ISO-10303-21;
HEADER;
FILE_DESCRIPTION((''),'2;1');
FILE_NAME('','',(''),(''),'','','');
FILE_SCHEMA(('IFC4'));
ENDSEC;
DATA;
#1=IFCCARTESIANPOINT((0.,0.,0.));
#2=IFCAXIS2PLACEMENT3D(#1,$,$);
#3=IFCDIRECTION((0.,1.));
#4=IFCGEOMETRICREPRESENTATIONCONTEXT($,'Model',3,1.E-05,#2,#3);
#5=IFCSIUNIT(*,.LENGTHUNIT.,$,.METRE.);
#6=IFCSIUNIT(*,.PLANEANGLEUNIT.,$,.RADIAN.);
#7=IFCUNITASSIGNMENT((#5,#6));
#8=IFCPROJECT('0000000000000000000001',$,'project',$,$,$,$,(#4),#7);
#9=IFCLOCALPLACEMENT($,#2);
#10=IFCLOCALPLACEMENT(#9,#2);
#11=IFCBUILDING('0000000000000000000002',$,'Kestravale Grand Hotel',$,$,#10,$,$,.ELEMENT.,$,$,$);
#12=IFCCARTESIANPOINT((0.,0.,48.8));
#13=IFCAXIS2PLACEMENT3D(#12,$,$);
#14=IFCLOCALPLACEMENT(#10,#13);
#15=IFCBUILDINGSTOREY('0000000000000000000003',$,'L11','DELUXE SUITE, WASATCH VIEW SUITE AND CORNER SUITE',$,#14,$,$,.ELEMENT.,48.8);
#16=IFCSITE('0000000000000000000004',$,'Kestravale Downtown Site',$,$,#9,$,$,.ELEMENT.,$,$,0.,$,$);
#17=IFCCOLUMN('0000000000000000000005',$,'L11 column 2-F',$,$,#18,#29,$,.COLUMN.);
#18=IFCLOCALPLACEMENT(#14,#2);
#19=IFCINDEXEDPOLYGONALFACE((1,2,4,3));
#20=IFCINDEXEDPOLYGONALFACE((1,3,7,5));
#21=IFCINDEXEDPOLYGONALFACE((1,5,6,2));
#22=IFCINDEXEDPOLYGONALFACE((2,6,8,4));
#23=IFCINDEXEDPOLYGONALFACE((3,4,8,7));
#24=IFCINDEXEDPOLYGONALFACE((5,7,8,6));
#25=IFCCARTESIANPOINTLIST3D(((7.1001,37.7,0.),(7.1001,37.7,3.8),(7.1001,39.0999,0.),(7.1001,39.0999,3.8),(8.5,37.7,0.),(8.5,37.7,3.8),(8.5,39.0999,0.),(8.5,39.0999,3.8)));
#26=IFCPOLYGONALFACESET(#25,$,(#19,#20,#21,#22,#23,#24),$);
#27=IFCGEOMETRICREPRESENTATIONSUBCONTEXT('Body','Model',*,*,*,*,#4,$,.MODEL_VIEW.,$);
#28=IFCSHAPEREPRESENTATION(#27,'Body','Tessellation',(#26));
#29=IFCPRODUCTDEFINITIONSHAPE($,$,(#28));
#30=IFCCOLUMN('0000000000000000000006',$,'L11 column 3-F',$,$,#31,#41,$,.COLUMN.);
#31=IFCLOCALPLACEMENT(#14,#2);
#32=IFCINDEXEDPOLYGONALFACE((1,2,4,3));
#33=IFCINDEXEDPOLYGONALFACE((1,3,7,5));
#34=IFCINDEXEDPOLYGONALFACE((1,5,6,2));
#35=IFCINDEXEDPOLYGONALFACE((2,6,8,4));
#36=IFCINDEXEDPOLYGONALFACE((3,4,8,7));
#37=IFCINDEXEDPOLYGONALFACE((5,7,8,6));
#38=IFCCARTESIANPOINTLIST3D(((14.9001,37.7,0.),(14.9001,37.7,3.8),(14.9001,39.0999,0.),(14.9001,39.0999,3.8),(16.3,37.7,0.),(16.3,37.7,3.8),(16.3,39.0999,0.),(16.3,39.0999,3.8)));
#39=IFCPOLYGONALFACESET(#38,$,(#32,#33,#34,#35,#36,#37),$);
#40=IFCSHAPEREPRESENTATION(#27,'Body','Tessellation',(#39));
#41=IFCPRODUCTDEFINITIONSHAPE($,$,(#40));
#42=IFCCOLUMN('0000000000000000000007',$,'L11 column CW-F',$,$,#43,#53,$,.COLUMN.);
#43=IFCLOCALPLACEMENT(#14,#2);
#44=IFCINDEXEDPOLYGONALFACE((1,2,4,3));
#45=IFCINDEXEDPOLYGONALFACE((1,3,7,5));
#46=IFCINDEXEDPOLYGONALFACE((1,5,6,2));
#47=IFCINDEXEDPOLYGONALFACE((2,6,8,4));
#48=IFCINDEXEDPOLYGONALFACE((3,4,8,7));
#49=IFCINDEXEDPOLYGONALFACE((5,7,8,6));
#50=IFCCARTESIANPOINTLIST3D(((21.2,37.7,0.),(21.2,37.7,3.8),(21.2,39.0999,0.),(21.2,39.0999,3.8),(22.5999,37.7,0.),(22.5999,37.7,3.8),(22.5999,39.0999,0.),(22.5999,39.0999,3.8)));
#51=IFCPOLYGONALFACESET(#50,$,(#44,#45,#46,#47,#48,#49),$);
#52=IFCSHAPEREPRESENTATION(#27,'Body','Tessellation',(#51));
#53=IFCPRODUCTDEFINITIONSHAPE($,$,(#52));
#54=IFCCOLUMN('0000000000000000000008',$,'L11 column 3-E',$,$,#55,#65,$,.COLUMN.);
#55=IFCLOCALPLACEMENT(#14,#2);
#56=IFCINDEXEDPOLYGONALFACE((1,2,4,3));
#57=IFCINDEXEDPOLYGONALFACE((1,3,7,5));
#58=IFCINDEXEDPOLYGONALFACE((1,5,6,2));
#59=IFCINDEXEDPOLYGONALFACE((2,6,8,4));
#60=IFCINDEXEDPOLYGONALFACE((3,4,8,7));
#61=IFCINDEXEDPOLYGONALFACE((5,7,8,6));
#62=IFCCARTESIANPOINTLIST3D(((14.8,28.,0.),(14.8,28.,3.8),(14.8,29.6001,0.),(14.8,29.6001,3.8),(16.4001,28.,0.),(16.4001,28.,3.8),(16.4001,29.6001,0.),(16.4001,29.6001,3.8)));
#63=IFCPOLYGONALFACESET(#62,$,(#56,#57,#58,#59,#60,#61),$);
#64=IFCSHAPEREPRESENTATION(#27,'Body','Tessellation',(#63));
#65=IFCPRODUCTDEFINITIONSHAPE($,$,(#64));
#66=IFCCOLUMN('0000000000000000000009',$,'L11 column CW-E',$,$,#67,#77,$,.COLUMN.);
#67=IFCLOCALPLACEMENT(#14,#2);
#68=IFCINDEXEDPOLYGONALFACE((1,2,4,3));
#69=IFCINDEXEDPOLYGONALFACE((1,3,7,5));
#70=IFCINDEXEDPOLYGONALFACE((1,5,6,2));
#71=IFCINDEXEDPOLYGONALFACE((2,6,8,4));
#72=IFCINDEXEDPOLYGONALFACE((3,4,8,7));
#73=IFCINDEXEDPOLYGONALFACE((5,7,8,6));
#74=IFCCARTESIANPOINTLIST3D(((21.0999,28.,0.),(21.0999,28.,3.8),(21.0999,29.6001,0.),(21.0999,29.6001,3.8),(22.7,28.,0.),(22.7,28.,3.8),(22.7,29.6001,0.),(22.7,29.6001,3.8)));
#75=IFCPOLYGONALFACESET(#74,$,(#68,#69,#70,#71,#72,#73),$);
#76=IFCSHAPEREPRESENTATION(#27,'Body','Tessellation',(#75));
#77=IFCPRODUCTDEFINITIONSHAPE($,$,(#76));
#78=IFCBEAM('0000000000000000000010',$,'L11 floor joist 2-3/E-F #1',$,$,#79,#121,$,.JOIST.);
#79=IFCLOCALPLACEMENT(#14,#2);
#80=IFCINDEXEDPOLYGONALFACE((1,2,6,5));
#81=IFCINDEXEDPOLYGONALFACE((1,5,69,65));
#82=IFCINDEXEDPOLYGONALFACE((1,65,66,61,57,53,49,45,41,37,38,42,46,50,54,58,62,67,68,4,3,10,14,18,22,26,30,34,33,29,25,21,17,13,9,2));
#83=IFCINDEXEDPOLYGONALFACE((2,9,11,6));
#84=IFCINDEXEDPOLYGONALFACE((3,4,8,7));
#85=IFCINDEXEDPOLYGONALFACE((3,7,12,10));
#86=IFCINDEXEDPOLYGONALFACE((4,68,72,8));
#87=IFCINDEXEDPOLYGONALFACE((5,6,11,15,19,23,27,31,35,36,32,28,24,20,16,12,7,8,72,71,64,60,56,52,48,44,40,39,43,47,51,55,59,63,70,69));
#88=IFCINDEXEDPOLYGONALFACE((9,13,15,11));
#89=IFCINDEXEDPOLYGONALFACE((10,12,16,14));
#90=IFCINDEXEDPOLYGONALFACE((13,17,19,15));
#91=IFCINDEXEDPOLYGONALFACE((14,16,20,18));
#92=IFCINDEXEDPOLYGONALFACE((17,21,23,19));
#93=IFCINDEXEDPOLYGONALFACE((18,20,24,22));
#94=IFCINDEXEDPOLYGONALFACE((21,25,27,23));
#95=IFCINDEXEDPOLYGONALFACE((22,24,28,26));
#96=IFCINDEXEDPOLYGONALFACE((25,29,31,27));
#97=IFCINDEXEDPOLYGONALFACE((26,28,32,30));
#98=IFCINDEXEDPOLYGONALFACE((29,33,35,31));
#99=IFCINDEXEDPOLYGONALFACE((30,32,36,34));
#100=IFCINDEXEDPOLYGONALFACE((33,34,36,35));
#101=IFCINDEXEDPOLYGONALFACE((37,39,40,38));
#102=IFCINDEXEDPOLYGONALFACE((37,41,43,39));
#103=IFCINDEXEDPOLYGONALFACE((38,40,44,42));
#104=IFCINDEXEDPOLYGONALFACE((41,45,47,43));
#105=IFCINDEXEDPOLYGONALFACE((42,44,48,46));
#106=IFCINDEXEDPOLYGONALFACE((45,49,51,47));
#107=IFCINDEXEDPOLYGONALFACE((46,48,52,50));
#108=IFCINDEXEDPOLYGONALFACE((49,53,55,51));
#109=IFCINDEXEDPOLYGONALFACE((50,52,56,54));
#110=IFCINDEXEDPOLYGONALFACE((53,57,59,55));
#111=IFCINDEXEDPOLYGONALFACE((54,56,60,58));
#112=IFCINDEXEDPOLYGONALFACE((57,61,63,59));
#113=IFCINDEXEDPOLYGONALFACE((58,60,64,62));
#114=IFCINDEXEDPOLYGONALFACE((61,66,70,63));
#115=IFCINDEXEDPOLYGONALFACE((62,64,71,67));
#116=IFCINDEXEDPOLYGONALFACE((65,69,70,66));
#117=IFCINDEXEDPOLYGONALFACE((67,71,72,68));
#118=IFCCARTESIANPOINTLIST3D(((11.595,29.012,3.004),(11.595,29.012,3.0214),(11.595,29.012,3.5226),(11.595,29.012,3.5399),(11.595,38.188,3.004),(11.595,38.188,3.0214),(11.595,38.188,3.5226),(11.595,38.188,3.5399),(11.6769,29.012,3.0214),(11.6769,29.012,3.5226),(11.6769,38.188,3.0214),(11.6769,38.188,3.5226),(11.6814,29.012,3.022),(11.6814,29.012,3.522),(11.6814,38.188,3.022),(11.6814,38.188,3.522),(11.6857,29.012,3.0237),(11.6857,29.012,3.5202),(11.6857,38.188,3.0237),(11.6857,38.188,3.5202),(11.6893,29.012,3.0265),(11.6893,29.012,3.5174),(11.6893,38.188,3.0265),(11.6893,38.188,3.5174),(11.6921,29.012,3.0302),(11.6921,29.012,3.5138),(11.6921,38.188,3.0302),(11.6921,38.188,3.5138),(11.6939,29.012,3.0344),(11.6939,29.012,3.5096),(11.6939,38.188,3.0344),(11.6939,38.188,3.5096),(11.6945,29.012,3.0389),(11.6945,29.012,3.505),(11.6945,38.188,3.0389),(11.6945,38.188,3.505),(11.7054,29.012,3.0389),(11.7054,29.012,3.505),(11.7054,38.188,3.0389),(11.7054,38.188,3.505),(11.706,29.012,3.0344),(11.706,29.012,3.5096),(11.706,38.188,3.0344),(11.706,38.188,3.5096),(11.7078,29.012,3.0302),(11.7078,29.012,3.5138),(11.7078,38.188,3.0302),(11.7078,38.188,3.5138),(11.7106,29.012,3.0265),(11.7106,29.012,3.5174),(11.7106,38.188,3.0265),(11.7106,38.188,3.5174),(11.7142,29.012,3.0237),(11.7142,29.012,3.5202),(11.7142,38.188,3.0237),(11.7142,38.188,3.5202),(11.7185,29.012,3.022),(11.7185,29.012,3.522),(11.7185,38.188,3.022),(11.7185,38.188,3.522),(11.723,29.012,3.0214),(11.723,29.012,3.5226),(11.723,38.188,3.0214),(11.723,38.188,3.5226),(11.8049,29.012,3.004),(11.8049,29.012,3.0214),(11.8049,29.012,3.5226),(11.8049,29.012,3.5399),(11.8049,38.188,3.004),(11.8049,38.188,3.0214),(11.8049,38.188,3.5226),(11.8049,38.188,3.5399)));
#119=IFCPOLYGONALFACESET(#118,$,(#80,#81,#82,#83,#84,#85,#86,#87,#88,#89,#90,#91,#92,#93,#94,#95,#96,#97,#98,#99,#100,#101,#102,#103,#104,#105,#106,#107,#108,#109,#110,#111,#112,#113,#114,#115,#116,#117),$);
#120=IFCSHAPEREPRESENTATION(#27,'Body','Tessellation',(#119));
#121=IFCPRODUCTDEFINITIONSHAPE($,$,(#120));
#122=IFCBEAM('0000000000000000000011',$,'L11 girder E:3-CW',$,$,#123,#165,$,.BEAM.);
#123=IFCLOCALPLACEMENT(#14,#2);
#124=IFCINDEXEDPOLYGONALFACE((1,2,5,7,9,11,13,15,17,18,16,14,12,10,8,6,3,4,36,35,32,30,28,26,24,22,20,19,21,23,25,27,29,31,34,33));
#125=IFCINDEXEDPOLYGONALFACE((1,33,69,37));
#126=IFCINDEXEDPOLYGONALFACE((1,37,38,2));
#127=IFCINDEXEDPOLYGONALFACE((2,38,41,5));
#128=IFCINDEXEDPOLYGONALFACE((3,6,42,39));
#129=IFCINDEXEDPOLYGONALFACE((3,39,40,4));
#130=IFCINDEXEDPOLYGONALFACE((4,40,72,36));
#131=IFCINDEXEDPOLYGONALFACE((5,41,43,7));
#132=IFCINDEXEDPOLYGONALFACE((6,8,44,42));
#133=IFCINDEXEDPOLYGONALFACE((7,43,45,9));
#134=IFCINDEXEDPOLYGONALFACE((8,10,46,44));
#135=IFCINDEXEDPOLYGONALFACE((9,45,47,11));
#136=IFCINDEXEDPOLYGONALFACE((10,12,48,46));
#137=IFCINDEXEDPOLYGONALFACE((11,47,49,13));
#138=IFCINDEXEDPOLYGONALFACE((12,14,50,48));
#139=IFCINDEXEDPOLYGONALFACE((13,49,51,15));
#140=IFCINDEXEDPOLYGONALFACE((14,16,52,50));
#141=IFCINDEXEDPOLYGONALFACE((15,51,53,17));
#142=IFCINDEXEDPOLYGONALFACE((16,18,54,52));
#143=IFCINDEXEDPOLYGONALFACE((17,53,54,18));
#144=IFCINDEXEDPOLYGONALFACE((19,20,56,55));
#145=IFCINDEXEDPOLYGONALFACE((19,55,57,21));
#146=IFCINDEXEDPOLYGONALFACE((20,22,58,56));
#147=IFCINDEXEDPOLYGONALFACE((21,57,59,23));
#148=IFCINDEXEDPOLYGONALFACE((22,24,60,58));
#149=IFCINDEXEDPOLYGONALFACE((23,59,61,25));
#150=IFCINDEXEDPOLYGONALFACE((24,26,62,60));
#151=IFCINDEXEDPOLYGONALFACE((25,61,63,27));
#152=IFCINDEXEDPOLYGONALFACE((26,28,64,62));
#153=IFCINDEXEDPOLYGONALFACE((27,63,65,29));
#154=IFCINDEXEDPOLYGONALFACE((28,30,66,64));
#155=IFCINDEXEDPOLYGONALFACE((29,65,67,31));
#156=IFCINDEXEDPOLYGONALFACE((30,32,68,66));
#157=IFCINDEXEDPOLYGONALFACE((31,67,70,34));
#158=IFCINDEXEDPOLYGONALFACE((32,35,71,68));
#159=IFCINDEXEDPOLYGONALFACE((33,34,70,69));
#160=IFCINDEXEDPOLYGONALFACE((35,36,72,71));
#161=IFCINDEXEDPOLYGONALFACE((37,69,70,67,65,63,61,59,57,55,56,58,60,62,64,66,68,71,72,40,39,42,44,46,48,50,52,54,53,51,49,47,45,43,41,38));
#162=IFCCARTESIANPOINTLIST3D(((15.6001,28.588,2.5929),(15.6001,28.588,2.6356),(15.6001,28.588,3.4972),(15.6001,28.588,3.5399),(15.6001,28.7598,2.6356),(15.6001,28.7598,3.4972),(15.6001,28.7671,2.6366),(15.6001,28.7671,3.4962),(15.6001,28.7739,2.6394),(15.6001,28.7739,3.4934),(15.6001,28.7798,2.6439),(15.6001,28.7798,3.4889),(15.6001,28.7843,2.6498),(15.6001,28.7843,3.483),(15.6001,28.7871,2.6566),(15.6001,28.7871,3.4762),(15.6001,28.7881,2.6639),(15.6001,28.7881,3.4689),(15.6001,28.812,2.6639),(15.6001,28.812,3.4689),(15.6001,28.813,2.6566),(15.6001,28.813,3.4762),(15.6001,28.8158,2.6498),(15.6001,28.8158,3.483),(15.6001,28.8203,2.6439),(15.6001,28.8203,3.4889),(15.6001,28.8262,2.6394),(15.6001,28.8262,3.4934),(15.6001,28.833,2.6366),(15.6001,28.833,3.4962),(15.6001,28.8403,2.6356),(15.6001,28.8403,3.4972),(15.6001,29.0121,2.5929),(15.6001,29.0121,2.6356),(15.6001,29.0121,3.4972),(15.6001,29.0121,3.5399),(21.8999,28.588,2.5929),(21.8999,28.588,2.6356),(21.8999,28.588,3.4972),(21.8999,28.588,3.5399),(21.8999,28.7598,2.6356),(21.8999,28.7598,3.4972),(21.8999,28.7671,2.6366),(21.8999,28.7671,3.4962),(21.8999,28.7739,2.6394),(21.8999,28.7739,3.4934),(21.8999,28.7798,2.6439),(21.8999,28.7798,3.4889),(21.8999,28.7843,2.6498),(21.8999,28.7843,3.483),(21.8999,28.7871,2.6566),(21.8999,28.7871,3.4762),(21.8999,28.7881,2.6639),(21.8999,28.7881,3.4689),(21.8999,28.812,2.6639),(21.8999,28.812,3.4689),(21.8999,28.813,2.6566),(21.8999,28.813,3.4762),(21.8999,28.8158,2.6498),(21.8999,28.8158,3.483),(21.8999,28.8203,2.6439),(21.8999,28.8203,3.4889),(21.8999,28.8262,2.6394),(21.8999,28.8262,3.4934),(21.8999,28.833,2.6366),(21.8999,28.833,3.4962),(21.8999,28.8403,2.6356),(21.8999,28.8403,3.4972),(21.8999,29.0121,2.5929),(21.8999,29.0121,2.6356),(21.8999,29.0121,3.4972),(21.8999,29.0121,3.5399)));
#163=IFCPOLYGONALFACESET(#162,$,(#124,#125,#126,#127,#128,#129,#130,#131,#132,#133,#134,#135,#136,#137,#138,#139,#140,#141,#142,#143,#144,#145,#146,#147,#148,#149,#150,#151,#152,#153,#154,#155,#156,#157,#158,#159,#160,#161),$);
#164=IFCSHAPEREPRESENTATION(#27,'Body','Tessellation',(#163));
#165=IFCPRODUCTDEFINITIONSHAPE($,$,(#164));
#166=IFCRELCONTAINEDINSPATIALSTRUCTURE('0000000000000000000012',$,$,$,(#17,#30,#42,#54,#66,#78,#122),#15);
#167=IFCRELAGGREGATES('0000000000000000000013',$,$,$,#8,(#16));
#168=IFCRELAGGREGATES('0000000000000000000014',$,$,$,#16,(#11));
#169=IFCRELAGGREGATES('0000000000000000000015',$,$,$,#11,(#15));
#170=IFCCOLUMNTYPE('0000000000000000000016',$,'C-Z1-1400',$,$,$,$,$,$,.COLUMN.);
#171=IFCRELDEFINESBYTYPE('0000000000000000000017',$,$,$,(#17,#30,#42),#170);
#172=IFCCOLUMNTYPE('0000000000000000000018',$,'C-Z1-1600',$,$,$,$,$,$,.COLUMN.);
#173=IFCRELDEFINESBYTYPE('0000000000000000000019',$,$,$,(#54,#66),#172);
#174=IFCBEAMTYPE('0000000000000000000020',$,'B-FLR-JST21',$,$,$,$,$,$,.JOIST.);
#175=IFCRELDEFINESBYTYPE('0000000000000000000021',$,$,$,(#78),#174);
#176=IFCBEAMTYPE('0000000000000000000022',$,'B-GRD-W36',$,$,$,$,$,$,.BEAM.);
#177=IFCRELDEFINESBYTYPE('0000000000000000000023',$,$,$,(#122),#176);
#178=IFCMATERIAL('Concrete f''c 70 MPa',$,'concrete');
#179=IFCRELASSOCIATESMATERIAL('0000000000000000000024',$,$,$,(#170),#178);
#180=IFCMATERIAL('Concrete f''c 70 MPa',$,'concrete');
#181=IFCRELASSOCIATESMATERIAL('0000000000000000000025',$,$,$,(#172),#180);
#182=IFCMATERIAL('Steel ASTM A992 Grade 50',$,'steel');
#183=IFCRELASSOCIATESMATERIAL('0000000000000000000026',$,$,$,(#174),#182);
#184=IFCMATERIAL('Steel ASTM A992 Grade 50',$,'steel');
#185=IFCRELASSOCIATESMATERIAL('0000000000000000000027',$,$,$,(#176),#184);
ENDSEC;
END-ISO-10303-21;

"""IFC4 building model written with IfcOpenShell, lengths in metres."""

from ifc_helpers import new_model, si_unit, direction, frame, origin, origin_2d, place, context, subcontext, project, spatial, rectangle, i_section, extrude, material, material_profile, profile_set, type_object, element, save


model = new_model("IFC4")

# Units and contexts
model_context = context("Model", 3, precision=1e-05, world=origin(), true_north=direction((0.0, 1.0)))
body_context = subcontext(model_context, "Body", "Model", "MODEL_VIEW")
ifc_project = project(units=[si_unit("LENGTHUNIT", "METRE"), si_unit("PLANEANGLEUNIT", "RADIAN")], contexts=[model_context])

# Site, building, storey
site_placement = place(None, origin())
site = spatial("IfcSite", under=ifc_project, at=site_placement, Name="Kestravale Downtown Site", CompositionType="ELEMENT", RefElevation=0.0)
building_placement = place(site_placement, origin())
building = spatial("IfcBuilding", under=site, at=building_placement, Name="Kestravale Grand Hotel", CompositionType="ELEMENT")
storey_placement = place(building_placement, frame((0.0, 0.0, 48.8)))
storey = spatial("IfcBuildingStorey", under=building, at=storey_placement, Name="L11", Description="DELUXE SUITE, WASATCH VIEW SUITE AND CORNER SUITE", CompositionType="ELEMENT", Elevation=48.8)

# Columns
ifc_material_1 = material(Name="Concrete f'c 70 MPa", Category="concrete")
ifc_material_profile_1 = material_profile(ifc_material_1, rectangle(XDim=1.3999, YDim=1.3999, at=origin_2d()))
ifc_profile_set_1 = profile_set([ifc_material_profile_1], Name="Concrete f'c 70 MPa")
column_type_1 = type_object("IfcColumnType", Name="C-Z1-1400", PredefinedType="COLUMN", material=ifc_profile_set_1)
for number, where, z_axis, x_axis, name in (
    (1, (7.8, 38.3999, 0.0), (0.0, 0.0, 1.0), (1.0, 0.0, 0.0), "L11 column 2-F"),
    (2, (15.6001, 38.3999, 0.0), (0.0, 0.0, 1.0), (1.0, 0.0, 0.0), "L11 column 3-F"),
    (3, (21.8999, 38.3999, 0.0), (0.0, 0.0, 1.0), (1.0, 0.0, 0.0), "L11 column CW-F"),
):
    element("IfcColumn", number, at=place(storey_placement, frame(where, z_axis=z_axis, x_axis=x_axis)), inside=storey, type_object=column_type_1, Name=name, PredefinedType="COLUMN", context=body_context, shape_type="SweptSolid", body=[
        extrude(rectangle(XDim=1.3999, YDim=1.3999, at=origin_2d()), origin(), (0.0, 0.0, 1.0), 3.8),
    ])
ifc_material_2 = material(Name="Concrete f'c 70 MPa", Category="concrete")
ifc_material_profile_2 = material_profile(ifc_material_2, rectangle(XDim=1.6001, YDim=1.6001, at=origin_2d()))
ifc_profile_set_2 = profile_set([ifc_material_profile_2], Name="Concrete f'c 70 MPa")
column_type_2 = type_object("IfcColumnType", Name="C-Z1-1600", PredefinedType="COLUMN", material=ifc_profile_set_2)
for number, where, z_axis, x_axis, name in (
    (4, (15.6001, 28.8, 0.0), (0.0, 0.0, 1.0), (1.0, 0.0, 0.0), "L11 column 3-E"),
    (5, (21.8999, 28.8, 0.0), (0.0, 0.0, 1.0), (1.0, 0.0, 0.0), "L11 column CW-E"),
):
    element("IfcColumn", number, at=place(storey_placement, frame(where, z_axis=z_axis, x_axis=x_axis)), inside=storey, type_object=column_type_2, Name=name, PredefinedType="COLUMN", context=body_context, shape_type="SweptSolid", body=[
        extrude(rectangle(XDim=1.6001, YDim=1.6001, at=origin_2d()), origin(), (0.0, 0.0, 1.0), 3.8),
    ])

# Beams
ifc_material_3 = material(Name="Steel ASTM A992 Grade 50", Category="steel")
ifc_material_profile_3 = material_profile(ifc_material_3, i_section(OverallWidth=0.21, OverallDepth=0.5359, WebThickness=0.011, FlangeThickness=0.0173, FilletRadius=0.0176, at=origin_2d()))
ifc_profile_set_3 = profile_set([ifc_material_profile_3], Name="Steel ASTM A992 Grade 50")
beam_type_1 = type_object("IfcBeamType", Name="B-FLR-JST21", PredefinedType="JOIST", material=ifc_profile_set_3)
beam_1_placement = place(storey_placement, frame((11.7, 29.012, 3.272), z_axis=(0.0, 1.0, 0.0), x_axis=(-1.0, 0.0, 0.0)))
element("IfcBeam", 6, at=beam_1_placement, inside=storey, type_object=beam_type_1, Name="L11 floor joist 2-3/E-F #1", PredefinedType="JOIST", context=body_context, shape_type="SweptSolid", body=[
    extrude(i_section(OverallWidth=0.21, OverallDepth=0.5359, WebThickness=0.011, FlangeThickness=0.0173, FilletRadius=0.0176, at=origin_2d()), origin(), (0.0, 0.0, 1.0), 9.176),
])
ifc_material_4 = material(Name="Steel ASTM A992 Grade 50", Category="steel")
ifc_material_profile_4 = material_profile(ifc_material_4, i_section(OverallWidth=0.4241, OverallDepth=0.947, WebThickness=0.0239, FlangeThickness=0.0427, FilletRadius=0.0283, at=origin_2d()))
ifc_profile_set_4 = profile_set([ifc_material_profile_4], Name="Steel ASTM A992 Grade 50")
beam_type_2 = type_object("IfcBeamType", Name="B-GRD-W36", PredefinedType="BEAM", material=ifc_profile_set_4)
beam_2_placement = place(storey_placement, frame((15.6001, 28.8, 3.0664), z_axis=(1.0, 0.0, 0.0), x_axis=(0.0, 1.0, 0.0)))
element("IfcBeam", 7, at=beam_2_placement, inside=storey, type_object=beam_type_2, Name="L11 girder E:3-CW", PredefinedType="BEAM", context=body_context, shape_type="SweptSolid", body=[
    extrude(i_section(OverallWidth=0.4241, OverallDepth=0.947, WebThickness=0.0239, FlangeThickness=0.0427, FilletRadius=0.0283, at=origin_2d()), origin(), (0.0, 0.0, 1.0), 6.2998),
])

save(model, "model.ifc")
